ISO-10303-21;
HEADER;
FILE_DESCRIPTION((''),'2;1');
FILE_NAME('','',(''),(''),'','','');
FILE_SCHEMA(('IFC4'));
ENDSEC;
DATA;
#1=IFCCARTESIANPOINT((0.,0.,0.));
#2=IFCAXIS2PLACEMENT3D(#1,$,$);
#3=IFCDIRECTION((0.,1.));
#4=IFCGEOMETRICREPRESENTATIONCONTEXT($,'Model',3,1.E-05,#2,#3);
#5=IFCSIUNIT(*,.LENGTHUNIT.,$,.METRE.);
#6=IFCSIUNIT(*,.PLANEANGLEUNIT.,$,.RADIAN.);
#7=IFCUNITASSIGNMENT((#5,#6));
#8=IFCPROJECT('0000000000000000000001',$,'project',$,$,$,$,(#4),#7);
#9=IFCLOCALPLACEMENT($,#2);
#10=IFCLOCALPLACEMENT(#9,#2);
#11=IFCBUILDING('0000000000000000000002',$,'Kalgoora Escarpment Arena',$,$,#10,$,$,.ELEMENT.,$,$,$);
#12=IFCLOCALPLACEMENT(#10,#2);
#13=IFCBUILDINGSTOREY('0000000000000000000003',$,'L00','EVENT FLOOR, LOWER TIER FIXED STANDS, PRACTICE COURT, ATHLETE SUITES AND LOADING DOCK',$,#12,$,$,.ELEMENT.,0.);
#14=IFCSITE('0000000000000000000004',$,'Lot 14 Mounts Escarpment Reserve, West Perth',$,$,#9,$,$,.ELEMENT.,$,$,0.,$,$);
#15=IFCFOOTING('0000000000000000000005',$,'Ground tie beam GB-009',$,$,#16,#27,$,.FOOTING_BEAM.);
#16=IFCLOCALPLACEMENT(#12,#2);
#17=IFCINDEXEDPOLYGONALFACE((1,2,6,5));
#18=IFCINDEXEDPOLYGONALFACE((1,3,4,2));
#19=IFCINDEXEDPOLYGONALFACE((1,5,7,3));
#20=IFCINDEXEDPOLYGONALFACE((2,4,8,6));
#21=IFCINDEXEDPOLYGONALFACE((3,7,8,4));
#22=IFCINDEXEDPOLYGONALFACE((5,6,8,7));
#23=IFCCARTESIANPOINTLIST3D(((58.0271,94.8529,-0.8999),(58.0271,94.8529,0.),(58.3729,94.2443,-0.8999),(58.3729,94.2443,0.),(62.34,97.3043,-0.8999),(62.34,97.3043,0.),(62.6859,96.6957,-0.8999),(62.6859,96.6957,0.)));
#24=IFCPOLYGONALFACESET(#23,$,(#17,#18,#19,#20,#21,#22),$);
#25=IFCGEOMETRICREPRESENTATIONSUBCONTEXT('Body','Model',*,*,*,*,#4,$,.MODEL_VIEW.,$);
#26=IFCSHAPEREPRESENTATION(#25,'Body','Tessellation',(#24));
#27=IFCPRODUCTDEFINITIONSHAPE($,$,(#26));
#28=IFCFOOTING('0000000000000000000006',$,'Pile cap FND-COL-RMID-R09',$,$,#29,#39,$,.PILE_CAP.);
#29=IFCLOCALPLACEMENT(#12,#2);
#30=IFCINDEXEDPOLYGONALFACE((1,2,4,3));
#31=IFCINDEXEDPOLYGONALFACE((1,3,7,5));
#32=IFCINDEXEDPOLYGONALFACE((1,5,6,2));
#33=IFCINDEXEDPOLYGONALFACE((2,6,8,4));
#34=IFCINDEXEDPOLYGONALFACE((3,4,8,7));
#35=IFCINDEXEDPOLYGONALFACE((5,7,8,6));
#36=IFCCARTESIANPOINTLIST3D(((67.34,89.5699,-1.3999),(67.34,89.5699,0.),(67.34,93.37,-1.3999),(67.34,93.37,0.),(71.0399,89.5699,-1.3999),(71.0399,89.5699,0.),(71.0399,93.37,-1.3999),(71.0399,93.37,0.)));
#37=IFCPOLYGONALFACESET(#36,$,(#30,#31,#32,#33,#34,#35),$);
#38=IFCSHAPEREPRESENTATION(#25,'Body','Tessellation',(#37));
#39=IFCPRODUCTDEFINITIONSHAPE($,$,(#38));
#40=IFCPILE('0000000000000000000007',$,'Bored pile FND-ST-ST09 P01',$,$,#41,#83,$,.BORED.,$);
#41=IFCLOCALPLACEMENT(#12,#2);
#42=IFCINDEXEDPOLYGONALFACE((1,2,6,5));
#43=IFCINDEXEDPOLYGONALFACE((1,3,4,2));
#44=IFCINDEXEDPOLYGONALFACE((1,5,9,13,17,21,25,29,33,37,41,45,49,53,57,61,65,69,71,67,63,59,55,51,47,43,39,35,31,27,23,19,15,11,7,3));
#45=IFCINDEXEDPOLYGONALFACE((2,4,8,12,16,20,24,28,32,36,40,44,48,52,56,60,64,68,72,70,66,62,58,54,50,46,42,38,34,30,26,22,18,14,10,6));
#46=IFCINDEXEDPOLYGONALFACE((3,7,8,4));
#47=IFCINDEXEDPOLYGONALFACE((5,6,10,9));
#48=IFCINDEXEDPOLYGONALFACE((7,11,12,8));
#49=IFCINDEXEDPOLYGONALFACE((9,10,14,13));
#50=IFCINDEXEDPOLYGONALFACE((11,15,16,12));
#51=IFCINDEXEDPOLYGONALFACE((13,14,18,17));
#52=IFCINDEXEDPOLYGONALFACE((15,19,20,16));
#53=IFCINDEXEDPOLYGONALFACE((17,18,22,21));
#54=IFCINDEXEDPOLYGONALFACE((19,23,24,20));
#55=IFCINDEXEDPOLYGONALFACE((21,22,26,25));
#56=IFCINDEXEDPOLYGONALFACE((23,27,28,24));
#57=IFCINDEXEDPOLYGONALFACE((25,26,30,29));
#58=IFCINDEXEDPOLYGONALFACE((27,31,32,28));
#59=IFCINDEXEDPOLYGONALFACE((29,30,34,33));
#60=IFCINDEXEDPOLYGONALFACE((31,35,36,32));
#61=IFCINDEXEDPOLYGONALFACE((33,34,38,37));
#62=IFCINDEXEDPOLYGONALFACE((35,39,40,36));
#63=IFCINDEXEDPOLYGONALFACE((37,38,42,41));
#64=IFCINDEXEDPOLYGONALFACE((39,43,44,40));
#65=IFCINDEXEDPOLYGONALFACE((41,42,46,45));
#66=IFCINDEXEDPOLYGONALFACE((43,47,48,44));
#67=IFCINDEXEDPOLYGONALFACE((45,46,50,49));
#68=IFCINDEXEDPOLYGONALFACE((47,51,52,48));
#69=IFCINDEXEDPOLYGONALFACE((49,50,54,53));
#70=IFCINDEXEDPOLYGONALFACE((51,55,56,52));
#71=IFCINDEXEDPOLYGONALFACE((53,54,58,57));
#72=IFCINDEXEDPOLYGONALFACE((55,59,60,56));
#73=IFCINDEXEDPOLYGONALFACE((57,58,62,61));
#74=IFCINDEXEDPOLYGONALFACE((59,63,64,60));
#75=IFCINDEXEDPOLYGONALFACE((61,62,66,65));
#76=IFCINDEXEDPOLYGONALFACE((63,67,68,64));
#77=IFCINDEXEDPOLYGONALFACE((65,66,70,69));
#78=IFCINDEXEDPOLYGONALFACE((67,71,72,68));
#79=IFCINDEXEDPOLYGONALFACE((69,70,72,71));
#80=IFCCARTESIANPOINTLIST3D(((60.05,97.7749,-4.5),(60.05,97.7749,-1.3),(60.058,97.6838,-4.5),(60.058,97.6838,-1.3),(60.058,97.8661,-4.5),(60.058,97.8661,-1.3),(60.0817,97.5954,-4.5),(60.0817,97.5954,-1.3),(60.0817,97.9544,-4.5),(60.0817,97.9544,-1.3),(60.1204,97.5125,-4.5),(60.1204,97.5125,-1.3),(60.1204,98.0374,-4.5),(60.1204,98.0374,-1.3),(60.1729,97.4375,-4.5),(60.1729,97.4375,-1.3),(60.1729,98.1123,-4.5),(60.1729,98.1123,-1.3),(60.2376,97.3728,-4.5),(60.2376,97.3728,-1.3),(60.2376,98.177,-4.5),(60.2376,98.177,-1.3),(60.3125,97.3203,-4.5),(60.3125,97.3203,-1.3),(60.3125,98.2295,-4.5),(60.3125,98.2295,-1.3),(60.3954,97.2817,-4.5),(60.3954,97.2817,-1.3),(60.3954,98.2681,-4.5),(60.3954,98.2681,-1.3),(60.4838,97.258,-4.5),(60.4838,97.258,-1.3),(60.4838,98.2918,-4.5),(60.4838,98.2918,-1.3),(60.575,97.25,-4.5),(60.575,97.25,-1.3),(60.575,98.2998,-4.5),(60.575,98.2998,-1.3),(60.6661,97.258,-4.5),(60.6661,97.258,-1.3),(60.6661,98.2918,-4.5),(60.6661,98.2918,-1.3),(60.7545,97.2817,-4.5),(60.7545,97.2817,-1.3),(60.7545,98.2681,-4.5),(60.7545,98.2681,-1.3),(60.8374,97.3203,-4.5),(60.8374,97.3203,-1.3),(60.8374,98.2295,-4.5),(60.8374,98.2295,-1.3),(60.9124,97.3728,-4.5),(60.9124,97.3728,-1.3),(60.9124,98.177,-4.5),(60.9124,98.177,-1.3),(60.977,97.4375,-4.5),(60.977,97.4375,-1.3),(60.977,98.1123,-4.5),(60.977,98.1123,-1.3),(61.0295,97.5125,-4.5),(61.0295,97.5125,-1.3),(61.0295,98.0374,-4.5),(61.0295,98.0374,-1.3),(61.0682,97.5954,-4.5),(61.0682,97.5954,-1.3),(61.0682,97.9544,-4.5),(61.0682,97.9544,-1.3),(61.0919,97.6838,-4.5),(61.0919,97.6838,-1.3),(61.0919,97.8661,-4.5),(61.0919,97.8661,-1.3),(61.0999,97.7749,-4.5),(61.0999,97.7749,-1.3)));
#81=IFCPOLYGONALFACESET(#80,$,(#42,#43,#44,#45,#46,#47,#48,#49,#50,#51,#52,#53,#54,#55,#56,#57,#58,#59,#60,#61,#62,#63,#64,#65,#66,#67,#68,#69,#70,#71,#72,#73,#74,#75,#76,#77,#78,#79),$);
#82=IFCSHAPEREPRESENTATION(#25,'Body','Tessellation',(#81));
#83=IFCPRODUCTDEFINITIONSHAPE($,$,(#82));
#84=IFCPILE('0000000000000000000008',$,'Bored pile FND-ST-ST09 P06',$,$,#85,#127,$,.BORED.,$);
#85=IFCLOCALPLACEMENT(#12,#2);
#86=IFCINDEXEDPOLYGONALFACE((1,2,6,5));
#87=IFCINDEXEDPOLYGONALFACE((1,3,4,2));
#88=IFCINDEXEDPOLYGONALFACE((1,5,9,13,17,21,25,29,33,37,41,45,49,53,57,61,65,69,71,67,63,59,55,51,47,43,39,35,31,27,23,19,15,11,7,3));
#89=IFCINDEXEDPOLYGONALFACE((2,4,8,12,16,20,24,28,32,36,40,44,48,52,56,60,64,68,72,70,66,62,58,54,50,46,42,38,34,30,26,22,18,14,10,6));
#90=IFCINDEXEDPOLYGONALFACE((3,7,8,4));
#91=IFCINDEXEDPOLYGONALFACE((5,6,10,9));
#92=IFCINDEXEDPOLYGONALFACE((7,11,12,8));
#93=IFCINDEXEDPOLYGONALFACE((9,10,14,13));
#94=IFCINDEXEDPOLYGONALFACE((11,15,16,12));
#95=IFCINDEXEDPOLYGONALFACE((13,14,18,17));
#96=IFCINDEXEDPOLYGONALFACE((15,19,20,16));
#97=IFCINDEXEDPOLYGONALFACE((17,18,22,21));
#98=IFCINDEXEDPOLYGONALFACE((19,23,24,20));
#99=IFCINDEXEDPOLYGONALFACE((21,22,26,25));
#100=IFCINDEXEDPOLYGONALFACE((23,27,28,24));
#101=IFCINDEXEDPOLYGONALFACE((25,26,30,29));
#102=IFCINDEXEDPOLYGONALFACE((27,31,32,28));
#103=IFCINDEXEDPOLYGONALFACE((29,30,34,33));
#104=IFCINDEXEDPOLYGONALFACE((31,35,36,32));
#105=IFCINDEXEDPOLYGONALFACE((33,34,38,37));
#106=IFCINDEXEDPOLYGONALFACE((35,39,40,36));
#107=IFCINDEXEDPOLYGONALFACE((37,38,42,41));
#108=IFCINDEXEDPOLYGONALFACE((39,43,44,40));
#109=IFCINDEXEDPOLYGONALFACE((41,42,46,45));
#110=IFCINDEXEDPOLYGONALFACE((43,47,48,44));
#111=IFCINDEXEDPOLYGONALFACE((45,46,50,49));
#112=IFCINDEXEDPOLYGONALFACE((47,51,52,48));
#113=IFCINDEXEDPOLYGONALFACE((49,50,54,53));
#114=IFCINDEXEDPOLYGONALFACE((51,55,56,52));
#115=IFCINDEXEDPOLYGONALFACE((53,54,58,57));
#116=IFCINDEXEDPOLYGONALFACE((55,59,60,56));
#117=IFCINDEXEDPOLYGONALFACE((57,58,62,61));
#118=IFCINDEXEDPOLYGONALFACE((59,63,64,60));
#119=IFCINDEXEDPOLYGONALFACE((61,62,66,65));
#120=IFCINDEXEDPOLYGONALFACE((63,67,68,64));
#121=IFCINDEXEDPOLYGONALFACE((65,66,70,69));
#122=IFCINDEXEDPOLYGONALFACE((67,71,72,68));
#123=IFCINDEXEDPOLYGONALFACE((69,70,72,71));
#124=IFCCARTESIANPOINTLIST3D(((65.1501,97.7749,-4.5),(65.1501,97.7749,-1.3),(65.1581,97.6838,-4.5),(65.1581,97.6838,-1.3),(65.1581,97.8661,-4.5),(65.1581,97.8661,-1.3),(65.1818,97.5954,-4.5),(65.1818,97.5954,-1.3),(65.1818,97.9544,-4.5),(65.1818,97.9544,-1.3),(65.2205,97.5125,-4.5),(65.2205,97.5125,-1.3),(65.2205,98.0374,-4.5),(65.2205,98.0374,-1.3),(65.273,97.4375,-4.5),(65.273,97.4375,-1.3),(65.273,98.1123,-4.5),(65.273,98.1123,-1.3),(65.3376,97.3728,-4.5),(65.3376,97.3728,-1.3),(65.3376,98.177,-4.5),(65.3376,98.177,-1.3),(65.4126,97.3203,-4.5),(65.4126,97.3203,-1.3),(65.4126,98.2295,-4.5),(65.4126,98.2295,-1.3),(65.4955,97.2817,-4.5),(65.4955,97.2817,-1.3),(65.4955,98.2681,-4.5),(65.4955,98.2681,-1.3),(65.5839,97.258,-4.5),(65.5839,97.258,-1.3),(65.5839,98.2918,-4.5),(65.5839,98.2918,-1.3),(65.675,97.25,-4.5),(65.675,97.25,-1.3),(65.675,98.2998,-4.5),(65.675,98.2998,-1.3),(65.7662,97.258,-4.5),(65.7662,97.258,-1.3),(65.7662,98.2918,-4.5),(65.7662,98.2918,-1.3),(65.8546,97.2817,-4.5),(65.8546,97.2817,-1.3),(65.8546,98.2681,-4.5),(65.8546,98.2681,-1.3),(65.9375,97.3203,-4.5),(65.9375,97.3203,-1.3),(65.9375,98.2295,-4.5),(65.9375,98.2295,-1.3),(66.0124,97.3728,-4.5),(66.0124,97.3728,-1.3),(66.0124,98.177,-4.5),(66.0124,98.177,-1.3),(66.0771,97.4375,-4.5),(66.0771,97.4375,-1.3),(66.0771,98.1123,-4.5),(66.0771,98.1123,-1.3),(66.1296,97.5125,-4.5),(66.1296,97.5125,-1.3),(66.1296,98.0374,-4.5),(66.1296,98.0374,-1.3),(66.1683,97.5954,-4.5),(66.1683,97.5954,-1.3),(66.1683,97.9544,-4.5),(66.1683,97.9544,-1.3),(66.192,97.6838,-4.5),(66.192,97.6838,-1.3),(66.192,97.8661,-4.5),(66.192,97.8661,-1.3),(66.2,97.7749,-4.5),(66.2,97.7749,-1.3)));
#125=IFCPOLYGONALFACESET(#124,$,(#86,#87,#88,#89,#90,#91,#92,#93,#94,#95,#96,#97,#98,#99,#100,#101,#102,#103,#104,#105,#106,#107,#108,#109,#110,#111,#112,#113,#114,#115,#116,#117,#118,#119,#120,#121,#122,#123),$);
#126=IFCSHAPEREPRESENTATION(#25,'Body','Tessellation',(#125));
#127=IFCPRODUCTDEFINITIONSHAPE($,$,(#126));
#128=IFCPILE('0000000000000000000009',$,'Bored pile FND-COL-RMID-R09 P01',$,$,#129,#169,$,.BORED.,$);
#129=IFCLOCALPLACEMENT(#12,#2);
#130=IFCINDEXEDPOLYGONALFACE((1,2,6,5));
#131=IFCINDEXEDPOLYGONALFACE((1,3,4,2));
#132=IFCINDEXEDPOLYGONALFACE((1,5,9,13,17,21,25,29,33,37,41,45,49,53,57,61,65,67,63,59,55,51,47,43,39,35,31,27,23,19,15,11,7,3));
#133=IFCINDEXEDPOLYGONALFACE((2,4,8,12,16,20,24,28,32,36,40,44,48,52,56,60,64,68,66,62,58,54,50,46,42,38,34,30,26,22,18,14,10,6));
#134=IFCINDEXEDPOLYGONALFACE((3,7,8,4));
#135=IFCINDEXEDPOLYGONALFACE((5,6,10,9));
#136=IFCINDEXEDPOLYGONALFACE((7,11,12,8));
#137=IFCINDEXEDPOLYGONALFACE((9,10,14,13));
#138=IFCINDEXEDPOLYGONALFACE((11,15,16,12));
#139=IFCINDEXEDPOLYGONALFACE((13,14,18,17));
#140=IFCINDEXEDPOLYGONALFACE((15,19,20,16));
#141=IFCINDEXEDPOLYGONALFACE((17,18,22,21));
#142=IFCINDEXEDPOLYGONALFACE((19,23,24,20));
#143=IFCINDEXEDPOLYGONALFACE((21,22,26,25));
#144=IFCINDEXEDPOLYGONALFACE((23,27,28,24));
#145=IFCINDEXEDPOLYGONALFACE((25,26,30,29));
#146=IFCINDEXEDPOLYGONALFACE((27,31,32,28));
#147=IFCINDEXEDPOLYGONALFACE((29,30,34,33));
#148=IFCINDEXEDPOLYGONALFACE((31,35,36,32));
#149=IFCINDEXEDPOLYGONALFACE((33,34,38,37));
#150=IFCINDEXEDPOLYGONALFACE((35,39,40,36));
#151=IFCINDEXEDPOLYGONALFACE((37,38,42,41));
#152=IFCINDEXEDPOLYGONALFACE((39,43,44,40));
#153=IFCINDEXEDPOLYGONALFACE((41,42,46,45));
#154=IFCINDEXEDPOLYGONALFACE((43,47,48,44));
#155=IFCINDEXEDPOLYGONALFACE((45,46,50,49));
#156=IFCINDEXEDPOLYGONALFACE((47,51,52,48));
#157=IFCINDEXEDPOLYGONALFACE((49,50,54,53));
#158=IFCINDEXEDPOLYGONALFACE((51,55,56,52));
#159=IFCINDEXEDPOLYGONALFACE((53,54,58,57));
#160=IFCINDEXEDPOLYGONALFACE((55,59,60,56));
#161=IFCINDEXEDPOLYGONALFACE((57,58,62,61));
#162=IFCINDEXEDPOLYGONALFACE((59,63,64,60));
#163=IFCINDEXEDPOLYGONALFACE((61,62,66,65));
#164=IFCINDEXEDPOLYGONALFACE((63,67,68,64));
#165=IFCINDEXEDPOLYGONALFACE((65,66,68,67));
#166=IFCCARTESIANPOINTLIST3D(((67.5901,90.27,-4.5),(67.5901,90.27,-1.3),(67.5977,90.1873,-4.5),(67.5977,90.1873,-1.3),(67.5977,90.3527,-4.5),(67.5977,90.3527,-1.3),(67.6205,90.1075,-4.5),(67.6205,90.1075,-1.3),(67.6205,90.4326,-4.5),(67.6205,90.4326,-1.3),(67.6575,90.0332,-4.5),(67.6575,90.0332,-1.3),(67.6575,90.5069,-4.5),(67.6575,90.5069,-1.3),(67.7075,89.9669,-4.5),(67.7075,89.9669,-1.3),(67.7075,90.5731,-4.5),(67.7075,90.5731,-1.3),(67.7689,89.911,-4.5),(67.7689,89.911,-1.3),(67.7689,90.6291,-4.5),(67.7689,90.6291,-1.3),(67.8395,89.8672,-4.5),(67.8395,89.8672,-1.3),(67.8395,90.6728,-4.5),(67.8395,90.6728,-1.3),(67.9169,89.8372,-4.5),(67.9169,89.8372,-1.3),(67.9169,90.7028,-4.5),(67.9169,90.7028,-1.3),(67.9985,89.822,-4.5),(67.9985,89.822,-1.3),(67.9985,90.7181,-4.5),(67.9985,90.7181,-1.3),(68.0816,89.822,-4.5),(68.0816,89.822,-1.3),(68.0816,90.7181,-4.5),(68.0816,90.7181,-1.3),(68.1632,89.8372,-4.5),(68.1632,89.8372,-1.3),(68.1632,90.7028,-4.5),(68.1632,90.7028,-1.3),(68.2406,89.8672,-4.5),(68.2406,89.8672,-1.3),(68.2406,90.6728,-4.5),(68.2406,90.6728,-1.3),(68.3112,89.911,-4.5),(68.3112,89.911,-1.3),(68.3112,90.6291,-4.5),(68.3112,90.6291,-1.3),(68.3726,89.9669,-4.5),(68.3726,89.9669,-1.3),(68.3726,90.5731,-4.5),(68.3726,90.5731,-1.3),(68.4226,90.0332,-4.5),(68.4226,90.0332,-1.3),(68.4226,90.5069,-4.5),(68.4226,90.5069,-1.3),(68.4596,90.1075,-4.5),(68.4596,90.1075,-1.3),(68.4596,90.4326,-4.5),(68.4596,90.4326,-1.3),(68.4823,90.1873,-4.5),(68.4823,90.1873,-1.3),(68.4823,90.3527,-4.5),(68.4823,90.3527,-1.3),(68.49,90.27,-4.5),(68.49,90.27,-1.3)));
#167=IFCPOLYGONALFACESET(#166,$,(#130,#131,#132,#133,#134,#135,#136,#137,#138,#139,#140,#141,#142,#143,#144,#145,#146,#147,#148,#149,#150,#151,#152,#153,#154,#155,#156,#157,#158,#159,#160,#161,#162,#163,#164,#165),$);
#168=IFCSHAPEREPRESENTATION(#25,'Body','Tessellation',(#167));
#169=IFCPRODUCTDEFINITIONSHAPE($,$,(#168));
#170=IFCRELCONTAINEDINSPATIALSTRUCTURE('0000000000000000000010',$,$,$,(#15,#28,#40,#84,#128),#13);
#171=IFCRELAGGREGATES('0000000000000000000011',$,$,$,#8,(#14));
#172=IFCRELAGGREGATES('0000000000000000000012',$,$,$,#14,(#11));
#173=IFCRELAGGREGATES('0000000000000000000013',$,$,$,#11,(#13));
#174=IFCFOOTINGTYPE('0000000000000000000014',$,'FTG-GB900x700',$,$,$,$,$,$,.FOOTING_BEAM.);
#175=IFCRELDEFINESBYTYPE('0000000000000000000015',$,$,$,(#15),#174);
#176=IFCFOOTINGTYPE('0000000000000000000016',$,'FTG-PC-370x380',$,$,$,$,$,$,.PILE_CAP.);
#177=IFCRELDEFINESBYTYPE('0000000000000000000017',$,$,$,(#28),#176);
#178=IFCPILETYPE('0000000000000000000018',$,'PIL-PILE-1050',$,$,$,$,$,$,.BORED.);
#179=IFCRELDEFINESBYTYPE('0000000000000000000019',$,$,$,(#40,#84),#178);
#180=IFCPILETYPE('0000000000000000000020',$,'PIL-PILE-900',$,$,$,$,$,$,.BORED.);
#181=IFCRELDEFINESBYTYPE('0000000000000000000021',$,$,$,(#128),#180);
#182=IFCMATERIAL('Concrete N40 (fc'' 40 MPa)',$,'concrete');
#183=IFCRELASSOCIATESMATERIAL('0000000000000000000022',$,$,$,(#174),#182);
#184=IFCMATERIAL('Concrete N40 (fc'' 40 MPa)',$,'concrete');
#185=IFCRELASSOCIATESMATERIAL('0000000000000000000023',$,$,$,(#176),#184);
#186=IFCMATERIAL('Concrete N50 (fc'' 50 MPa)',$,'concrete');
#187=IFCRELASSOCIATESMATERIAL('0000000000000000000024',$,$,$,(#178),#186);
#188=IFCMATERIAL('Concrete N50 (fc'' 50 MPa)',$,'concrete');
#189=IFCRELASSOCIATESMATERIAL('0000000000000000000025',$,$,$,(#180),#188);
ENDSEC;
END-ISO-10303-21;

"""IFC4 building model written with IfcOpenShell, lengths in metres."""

from ifc_helpers import new_model, si_unit, direction, frame, origin, origin_2d, place, context, subcontext, project, spatial, rectangle, circle, extrude, material, material_profile, profile_set, type_object, element, save


model = new_model("IFC4")

# Units and contexts
model_context = context("Model", 3, precision=1e-05, world=origin(), true_north=direction((0.0, 1.0)))
body_context = subcontext(model_context, "Body", "Model", "MODEL_VIEW")
ifc_project = project(units=[si_unit("LENGTHUNIT", "METRE"), si_unit("PLANEANGLEUNIT", "RADIAN")], contexts=[model_context])

# Site, building, storey
site_placement = place(None, origin())
site = spatial("IfcSite", under=ifc_project, at=site_placement, Name="Lot 14 Mounts Escarpment Reserve, West Perth", CompositionType="ELEMENT", RefElevation=0.0)
building_placement = place(site_placement, origin())
building = spatial("IfcBuilding", under=site, at=building_placement, Name="Kalgoora Escarpment Arena", CompositionType="ELEMENT")
storey_placement = place(building_placement, origin())
storey = spatial("IfcBuildingStorey", under=building, at=storey_placement, Name="L00", Description="EVENT FLOOR, LOWER TIER FIXED STANDS, PRACTICE COURT, ATHLETE SUITES AND LOADING DOCK", CompositionType="ELEMENT", Elevation=0.0)

# Footings
ifc_material_1 = material(Name="Concrete N40 (fc' 40 MPa)", Category="concrete")
ifc_material_profile_1 = material_profile(ifc_material_1, rectangle(XDim=0.7, YDim=0.8999, at=origin_2d()))
ifc_profile_set_1 = profile_set([ifc_material_profile_1], Name="Concrete N40 (fc' 40 MPa)")
footing_type_1 = type_object("IfcFootingType", Name="FTG-GB900x700", PredefinedType="FOOTING_BEAM", material=ifc_profile_set_1)
footing_1_placement = place(storey_placement, frame((62.5129, 97.0, -0.45), z_axis=(-0.869383, -0.49414, 0.0), x_axis=(0.49414, -0.869383, 0.0)))
element("IfcFooting", 1, at=footing_1_placement, inside=storey, type_object=footing_type_1, Name="Ground tie beam GB-009", PredefinedType="FOOTING_BEAM", context=body_context, shape_type="SweptSolid", body=[
    extrude(rectangle(XDim=0.7, YDim=0.8999, at=origin_2d()), origin(), (0.0, 0.0, 1.0), 4.9609),
])
ifc_material_2 = material(Name="Concrete N40 (fc' 40 MPa)", Category="concrete")
footing_type_2 = type_object("IfcFootingType", Name="FTG-PC-370x380", PredefinedType="PILE_CAP", material=ifc_material_2)
footing_2_placement = place(storey_placement, frame((69.1899, 91.47, -1.3999), z_axis=(0.0, 0.0, 1.0), x_axis=(1.0, 0.0, 0.0)))
element("IfcFooting", 2, at=footing_2_placement, inside=storey, type_object=footing_type_2, Name="Pile cap FND-COL-RMID-R09", PredefinedType="PILE_CAP", context=body_context, shape_type="SweptSolid", body=[
    extrude(rectangle(XDim=3.7, YDim=3.8, at=origin_2d()), origin(), (0.0, 0.0, 1.0), 1.3999),
])

# Piles
ifc_material_3 = material(Name="Concrete N50 (fc' 50 MPa)", Category="concrete")
ifc_material_profile_2 = material_profile(ifc_material_3, circle(Radius=0.5249, at=origin_2d()))
ifc_profile_set_2 = profile_set([ifc_material_profile_2], Name="Concrete N50 (fc' 50 MPa)")
pile_type_1 = type_object("IfcPileType", Name="PIL-PILE-1050", PredefinedType="BORED", material=ifc_profile_set_2)
for number, where, z_axis, x_axis, name in (
    (3, (60.575, 97.7749, -1.3), (0.0, 0.0, -1.0), (1.0, 0.0, 0.0), "Bored pile FND-ST-ST09 P01"),
    (4, (65.675, 97.7749, -1.3), (0.0, 0.0, -1.0), (1.0, 0.0, 0.0), "Bored pile FND-ST-ST09 P06"),
):
    element("IfcPile", number, at=place(storey_placement, frame(where, z_axis=z_axis, x_axis=x_axis)), inside=storey, type_object=pile_type_1, Name=name, PredefinedType="BORED", context=body_context, shape_type="SweptSolid", body=[
        extrude(circle(Radius=0.5249, at=origin_2d()), origin(), (0.0, 0.0, 1.0), 3.2),
    ])
ifc_material_4 = material(Name="Concrete N50 (fc' 50 MPa)", Category="concrete")
ifc_material_profile_3 = material_profile(ifc_material_4, circle(Radius=0.45, at=origin_2d()))
ifc_profile_set_3 = profile_set([ifc_material_profile_3], Name="Concrete N50 (fc' 50 MPa)")
pile_type_2 = type_object("IfcPileType", Name="PIL-PILE-900", PredefinedType="BORED", material=ifc_profile_set_3)
for number, where, z_axis, x_axis, name in (
    (5, (68.04, 90.27, -1.3), (0.0, 0.0, -1.0), (1.0, 0.0, 0.0), "Bored pile FND-COL-RMID-R09 P01"),
):
    element("IfcPile", number, at=place(storey_placement, frame(where, z_axis=z_axis, x_axis=x_axis)), inside=storey, type_object=pile_type_2, Name=name, PredefinedType="BORED", context=body_context, shape_type="SweptSolid", body=[
        extrude(circle(Radius=0.45, at=origin_2d()), origin(), (0.0, 0.0, 1.0), 3.2),
    ])

save(model, "model.ifc")
